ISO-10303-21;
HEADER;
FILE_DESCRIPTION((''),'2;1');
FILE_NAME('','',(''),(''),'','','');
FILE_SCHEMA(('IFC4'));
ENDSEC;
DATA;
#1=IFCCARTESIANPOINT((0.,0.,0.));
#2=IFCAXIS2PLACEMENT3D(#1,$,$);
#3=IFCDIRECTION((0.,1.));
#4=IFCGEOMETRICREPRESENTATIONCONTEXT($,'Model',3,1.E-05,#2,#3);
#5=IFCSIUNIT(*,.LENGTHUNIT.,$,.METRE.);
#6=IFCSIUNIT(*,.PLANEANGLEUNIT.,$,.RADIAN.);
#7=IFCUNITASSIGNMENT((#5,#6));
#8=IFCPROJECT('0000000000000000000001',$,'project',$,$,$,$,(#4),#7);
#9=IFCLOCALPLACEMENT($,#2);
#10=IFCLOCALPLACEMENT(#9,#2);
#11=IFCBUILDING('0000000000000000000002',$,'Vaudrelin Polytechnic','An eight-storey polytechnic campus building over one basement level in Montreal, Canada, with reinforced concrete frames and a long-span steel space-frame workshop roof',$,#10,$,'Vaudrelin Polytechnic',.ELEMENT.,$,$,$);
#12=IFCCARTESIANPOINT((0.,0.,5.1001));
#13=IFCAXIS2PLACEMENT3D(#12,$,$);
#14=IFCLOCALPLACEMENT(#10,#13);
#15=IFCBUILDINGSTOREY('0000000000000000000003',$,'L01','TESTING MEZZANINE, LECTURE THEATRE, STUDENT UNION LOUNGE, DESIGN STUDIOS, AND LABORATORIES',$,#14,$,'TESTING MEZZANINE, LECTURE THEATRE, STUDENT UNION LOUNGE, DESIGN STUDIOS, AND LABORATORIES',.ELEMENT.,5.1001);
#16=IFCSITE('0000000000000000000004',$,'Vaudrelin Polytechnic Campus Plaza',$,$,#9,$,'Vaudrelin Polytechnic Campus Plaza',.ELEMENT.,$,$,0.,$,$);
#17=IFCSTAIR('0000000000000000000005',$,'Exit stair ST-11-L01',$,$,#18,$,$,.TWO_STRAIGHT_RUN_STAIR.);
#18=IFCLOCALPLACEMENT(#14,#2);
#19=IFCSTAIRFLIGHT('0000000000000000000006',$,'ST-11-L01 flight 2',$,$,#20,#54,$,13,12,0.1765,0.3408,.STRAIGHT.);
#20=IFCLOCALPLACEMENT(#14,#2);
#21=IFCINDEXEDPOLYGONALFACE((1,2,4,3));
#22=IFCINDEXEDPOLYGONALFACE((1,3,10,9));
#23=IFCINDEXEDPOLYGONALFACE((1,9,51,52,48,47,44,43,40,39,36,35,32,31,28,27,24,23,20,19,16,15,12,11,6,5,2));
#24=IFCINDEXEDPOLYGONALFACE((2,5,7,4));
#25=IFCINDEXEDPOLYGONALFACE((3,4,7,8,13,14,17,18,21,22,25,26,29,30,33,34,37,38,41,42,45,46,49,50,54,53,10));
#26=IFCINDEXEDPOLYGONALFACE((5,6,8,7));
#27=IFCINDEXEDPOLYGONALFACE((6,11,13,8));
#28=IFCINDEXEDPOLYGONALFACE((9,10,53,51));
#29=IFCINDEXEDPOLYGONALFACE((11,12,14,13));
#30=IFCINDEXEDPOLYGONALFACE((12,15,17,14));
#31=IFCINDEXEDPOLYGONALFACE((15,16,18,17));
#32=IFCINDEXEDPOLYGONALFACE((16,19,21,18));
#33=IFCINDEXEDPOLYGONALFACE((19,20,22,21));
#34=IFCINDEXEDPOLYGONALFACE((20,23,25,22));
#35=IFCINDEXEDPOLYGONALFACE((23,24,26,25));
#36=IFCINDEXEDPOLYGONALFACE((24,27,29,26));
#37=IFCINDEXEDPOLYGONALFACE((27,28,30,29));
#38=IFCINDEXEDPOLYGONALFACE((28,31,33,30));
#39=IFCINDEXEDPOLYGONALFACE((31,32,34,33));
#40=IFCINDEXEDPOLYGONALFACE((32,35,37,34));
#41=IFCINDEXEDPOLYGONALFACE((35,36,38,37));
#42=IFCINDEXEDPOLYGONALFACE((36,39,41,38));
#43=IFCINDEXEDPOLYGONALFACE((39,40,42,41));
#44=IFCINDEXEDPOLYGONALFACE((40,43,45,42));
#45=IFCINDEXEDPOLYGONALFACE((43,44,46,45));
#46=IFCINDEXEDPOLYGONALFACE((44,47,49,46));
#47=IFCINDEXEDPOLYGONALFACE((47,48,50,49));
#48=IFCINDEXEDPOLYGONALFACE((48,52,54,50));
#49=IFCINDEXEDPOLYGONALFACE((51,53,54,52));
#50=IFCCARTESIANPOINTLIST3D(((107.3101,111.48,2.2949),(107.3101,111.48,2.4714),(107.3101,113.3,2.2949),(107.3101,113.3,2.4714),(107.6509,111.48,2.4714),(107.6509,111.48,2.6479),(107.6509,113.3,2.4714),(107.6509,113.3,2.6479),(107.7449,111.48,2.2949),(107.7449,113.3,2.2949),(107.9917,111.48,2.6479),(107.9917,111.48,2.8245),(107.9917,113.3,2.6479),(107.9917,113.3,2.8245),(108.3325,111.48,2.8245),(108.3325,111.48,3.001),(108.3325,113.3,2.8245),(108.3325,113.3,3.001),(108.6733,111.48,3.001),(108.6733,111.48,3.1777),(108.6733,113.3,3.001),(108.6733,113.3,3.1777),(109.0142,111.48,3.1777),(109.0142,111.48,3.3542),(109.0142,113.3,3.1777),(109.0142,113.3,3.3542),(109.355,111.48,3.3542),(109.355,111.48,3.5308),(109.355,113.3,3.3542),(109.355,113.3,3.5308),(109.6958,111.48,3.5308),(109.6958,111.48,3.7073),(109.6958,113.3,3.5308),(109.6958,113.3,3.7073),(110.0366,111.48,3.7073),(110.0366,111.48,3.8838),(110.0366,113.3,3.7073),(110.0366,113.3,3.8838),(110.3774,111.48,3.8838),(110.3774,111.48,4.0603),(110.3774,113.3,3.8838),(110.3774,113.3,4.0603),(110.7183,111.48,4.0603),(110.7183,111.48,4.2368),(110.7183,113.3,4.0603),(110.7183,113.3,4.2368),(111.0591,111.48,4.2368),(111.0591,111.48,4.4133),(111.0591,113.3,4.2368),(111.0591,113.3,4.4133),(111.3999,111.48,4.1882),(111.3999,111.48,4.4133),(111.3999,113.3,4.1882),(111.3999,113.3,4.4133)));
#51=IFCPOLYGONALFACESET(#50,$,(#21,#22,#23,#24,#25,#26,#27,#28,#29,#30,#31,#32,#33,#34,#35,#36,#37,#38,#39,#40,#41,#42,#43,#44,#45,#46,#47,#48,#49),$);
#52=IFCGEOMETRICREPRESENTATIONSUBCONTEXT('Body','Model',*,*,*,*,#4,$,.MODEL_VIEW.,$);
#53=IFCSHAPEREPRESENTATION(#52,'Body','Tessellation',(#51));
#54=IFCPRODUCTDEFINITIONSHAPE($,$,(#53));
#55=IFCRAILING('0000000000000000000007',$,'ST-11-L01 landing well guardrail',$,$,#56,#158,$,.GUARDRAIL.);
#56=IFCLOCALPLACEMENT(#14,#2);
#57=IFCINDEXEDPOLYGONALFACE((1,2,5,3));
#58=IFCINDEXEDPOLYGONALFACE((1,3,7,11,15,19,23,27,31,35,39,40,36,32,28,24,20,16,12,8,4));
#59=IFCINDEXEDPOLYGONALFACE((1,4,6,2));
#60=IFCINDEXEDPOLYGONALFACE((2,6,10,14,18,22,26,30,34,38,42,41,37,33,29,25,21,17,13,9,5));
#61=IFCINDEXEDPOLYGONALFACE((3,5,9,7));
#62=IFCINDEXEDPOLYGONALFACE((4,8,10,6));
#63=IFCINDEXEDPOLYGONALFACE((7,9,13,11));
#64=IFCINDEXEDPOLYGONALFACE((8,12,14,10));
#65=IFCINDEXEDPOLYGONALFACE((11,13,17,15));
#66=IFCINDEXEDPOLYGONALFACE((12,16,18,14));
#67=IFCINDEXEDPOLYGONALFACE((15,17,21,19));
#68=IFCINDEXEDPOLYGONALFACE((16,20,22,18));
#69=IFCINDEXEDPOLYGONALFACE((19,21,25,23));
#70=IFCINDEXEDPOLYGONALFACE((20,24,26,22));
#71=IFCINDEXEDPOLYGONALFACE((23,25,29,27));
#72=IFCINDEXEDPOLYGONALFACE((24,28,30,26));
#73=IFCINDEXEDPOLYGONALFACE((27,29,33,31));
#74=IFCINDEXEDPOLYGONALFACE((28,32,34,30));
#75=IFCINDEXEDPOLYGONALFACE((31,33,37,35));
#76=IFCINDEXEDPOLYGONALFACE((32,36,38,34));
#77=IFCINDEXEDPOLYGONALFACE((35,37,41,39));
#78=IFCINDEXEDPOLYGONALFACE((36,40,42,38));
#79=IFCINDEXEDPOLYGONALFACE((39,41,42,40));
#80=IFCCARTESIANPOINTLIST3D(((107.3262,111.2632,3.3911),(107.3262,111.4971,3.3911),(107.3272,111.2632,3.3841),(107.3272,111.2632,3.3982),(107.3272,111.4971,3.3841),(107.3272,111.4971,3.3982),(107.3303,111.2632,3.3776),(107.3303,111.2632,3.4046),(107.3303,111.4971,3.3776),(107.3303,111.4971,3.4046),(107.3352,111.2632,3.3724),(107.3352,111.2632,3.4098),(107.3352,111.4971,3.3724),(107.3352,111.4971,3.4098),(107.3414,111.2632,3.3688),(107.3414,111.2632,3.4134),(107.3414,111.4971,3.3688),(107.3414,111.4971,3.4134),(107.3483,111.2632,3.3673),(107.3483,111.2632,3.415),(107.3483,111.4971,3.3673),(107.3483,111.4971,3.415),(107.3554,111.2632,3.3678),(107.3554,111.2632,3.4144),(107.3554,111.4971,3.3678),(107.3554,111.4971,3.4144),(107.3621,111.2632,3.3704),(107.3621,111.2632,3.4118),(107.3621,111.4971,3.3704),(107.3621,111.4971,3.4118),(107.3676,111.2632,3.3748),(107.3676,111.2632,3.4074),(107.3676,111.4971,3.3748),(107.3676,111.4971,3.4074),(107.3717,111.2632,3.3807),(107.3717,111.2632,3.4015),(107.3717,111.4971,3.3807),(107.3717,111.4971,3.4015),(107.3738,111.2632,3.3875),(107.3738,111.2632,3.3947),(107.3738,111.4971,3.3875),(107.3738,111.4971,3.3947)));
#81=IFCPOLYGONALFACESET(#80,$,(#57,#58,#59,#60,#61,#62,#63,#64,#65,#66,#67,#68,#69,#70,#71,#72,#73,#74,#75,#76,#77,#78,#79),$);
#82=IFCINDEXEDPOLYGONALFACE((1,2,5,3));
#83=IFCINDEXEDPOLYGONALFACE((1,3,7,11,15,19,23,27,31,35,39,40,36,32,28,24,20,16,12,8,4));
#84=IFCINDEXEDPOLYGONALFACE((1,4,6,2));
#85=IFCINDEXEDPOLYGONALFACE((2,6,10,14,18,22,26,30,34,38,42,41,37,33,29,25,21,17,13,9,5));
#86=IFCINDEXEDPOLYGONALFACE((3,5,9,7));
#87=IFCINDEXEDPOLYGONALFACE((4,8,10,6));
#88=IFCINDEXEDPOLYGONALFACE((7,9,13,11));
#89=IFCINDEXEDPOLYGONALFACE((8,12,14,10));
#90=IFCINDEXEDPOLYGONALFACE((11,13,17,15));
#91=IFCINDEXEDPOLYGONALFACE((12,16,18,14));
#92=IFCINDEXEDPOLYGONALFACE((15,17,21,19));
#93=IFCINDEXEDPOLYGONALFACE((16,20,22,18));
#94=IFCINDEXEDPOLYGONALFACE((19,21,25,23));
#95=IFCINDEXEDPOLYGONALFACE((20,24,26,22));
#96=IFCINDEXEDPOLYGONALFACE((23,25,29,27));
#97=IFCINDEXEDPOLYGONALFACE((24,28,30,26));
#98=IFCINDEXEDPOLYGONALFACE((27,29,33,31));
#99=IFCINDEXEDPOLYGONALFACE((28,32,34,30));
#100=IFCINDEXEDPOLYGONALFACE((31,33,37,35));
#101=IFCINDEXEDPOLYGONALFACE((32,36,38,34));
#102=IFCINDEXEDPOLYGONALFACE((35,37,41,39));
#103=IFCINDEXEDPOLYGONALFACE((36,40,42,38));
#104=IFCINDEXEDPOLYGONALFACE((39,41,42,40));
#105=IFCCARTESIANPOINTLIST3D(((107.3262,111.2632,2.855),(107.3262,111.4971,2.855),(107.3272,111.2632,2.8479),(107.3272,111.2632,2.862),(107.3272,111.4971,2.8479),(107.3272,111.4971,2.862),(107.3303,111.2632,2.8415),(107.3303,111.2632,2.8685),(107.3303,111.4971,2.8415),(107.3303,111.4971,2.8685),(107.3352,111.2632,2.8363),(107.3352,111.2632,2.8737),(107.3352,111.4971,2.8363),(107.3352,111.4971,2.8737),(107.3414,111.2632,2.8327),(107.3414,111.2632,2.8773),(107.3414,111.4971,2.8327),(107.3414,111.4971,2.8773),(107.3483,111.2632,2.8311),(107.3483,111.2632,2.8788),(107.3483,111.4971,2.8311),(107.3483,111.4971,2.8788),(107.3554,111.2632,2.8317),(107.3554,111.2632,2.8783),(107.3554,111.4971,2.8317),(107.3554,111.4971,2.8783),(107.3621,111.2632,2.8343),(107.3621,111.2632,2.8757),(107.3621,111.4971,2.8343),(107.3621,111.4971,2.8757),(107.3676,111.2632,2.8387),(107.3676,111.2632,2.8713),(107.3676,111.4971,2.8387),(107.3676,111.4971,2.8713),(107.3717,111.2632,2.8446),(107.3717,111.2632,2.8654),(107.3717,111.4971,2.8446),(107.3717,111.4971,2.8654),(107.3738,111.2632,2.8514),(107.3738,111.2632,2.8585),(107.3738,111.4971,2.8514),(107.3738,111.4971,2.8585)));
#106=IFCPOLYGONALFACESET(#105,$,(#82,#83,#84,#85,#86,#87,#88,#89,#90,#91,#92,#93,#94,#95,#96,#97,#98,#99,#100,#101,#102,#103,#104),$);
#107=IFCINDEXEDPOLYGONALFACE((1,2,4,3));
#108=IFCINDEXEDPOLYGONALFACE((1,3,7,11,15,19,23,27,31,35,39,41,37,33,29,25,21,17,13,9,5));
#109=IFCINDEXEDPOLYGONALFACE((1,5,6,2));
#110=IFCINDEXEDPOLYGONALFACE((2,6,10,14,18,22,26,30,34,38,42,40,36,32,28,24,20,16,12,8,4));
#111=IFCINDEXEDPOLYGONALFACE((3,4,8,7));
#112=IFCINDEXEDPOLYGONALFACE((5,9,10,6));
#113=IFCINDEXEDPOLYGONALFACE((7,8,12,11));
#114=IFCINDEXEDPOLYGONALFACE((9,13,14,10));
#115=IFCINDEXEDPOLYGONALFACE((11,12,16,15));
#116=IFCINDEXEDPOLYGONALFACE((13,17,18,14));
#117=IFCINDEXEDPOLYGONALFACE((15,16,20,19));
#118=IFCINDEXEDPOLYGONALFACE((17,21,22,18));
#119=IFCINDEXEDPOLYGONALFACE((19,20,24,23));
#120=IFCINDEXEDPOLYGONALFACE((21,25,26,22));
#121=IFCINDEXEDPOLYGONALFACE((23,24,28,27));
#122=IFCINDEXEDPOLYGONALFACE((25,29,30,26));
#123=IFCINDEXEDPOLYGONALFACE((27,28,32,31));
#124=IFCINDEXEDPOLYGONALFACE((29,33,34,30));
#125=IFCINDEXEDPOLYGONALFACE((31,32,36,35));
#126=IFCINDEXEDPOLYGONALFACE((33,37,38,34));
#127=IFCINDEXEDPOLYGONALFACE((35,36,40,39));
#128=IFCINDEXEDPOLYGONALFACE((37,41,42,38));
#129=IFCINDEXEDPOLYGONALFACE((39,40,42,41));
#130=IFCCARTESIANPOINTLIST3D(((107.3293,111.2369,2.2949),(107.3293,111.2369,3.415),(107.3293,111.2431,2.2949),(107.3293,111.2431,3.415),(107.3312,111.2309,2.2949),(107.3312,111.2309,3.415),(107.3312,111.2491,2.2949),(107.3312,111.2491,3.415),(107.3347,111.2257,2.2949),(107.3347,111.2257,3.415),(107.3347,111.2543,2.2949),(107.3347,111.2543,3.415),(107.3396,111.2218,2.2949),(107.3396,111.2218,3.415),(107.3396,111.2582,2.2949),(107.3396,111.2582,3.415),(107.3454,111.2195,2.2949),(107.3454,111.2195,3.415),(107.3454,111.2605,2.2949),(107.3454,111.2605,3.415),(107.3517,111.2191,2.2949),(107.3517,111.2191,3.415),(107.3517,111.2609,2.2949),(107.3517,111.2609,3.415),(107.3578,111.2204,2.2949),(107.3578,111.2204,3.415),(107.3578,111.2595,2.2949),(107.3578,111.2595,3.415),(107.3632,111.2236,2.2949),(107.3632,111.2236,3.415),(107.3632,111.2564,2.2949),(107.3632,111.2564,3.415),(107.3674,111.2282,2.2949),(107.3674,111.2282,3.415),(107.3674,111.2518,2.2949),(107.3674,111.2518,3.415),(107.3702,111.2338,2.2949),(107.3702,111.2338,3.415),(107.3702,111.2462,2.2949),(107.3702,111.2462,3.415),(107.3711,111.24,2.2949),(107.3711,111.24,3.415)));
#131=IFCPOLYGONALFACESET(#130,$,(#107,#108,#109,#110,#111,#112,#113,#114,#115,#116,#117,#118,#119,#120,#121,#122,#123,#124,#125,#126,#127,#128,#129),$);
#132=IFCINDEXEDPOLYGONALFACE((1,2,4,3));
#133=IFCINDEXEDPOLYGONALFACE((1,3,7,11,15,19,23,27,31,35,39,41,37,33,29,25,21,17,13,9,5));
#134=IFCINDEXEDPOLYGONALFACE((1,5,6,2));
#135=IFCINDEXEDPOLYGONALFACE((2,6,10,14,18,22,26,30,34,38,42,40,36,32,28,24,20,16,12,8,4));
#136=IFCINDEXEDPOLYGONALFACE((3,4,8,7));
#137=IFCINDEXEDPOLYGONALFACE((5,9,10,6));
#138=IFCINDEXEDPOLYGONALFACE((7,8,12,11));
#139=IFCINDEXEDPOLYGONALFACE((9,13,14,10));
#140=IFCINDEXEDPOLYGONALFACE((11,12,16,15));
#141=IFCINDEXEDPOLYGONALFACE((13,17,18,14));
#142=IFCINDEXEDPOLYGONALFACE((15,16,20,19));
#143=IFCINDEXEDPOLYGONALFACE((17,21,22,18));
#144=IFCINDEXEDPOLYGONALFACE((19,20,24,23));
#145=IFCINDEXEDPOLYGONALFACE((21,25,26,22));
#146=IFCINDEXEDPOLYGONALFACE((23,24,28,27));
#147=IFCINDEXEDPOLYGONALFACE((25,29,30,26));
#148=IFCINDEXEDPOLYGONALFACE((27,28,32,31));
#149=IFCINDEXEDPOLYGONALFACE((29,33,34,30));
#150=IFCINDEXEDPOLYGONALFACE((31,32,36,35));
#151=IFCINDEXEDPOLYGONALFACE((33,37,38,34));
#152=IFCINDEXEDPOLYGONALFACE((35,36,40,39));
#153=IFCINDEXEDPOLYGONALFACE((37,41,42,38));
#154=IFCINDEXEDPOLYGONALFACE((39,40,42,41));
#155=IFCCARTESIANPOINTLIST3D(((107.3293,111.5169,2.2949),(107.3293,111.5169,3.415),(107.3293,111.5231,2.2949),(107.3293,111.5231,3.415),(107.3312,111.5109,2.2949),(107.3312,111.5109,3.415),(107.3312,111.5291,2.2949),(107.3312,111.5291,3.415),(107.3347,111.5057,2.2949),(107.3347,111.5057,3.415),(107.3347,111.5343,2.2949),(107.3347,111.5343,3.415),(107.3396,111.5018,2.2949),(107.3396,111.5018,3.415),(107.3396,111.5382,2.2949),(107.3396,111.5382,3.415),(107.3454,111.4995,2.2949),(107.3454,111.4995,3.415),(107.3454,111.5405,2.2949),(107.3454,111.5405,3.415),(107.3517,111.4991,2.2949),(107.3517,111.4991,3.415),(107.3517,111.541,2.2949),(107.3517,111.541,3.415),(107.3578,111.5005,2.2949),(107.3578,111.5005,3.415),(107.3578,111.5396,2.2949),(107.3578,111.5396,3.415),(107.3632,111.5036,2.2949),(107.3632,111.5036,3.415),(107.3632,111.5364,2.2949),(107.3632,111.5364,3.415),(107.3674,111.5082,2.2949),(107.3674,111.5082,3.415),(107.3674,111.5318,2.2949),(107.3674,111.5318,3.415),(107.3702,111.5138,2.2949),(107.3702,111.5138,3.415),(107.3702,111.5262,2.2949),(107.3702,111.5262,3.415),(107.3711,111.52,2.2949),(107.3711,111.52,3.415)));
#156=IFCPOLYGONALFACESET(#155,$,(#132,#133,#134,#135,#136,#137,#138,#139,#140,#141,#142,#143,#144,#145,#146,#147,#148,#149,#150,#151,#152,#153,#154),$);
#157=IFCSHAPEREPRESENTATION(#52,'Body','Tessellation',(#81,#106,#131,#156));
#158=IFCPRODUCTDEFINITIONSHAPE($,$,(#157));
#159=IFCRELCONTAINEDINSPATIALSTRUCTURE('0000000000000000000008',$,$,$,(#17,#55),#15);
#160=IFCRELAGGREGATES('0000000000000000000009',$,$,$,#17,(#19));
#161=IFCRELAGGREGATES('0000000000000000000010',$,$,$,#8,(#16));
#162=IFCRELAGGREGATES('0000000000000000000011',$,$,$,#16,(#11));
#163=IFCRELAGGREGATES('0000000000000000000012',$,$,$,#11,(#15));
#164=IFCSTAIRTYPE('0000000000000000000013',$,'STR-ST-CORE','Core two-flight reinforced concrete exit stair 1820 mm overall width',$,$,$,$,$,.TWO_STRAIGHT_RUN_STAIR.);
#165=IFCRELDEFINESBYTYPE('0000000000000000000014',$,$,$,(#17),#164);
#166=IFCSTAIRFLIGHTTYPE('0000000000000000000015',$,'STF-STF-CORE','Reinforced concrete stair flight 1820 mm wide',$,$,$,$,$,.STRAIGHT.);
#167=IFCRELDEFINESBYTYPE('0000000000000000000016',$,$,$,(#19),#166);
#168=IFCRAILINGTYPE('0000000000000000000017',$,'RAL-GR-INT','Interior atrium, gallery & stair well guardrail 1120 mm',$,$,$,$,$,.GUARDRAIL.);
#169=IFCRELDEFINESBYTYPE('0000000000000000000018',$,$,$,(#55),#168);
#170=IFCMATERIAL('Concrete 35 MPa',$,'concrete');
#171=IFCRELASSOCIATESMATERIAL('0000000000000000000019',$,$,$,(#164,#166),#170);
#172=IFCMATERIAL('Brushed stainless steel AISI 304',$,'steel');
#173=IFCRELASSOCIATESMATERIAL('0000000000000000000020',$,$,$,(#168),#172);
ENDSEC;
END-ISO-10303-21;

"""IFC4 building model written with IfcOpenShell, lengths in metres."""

from ifc_helpers import new_model, si_unit, direction, frame, origin, origin_2d, place, context, subcontext, project, spatial, polyline, circle, outline, extrude, material, type_object, element, aggregate, save


model = new_model("IFC4")

# Units and contexts
model_context = context("Model", 3, precision=1e-05, world=origin(), true_north=direction((0.0, 1.0)))
body_context = subcontext(model_context, "Body", "Model", "MODEL_VIEW")
ifc_project = project(units=[si_unit("LENGTHUNIT", "METRE"), si_unit("PLANEANGLEUNIT", "RADIAN")], contexts=[model_context])

# Site, building, storey
site_placement = place(None, origin())
site = spatial("IfcSite", under=ifc_project, at=site_placement, Name="Vaudrelin Polytechnic Campus Plaza", LongName="Vaudrelin Polytechnic Campus Plaza", CompositionType="ELEMENT", RefElevation=0.0)
building_placement = place(site_placement, origin())
building = spatial("IfcBuilding", under=site, at=building_placement, Name="Vaudrelin Polytechnic", Description="An eight-storey polytechnic campus building over one basement level in Montreal, Canada, with reinforced concrete frames and a long-span steel space-frame workshop roof", LongName="Vaudrelin Polytechnic", CompositionType="ELEMENT")
storey_placement = place(building_placement, frame((0.0, 0.0, 5.1001)))
storey = spatial("IfcBuildingStorey", under=building, at=storey_placement, Name="L01", Description="TESTING MEZZANINE, LECTURE THEATRE, STUDENT UNION LOUNGE, DESIGN STUDIOS, AND LABORATORIES", LongName="TESTING MEZZANINE, LECTURE THEATRE, STUDENT UNION LOUNGE, DESIGN STUDIOS, AND LABORATORIES", CompositionType="ELEMENT", Elevation=5.1001)

# Stair, stair flight
ifc_material_1 = material(Name="Concrete 35 MPa", Category="concrete")
stair_type = type_object("IfcStairType", Name="STR-ST-CORE", Description="Core two-flight reinforced concrete exit stair 1820 mm overall width", PredefinedType="TWO_STRAIGHT_RUN_STAIR", material=ifc_material_1)
stair_placement = place(storey_placement, origin())
stair = element("IfcStair", 1, at=stair_placement, inside=storey, type_object=stair_type, Name="Exit stair ST-11-L01", PredefinedType="TWO_STRAIGHT_RUN_STAIR")
stair_flight_type = type_object("IfcStairFlightType", Name="STF-STF-CORE", Description="Reinforced concrete stair flight 1820 mm wide", PredefinedType="STRAIGHT", material=ifc_material_1)
stair_flight_placement = place(storey_placement, frame((107.3101, 112.3899, 2.2949), z_axis=(0.0, 0.0, 1.0), x_axis=(1.0, 0.0, 0.0)))
stair_flight = element("IfcStairFlight", 2, at=stair_flight_placement, type_object=stair_flight_type, Name="ST-11-L01 flight 2", NumberOfRisers=13, NumberOfTreads=12, PredefinedType="STRAIGHT", RiserHeight=0.1765, TreadLength=0.3408, context=body_context, shape_type="SweptSolid", body=[
    extrude(outline(polyline([(0.0, 0.0), (0.0, 0.1765), (0.3408, 0.1765), (0.3408, 0.353), (0.6816, 0.353), (0.6816, 0.5295), (1.0225, 0.5295), (1.0225, 0.7061), (1.3633, 0.7061), (1.3633, 0.8828), (1.7041, 0.8828), (1.7041, 1.0593), (2.0449, 1.0593), (2.0449, 1.2358), (2.3857, 1.2358), (2.3857, 1.4124), (2.7266, 1.4124), (2.7266, 1.5889), (3.0674, 1.5889), (3.0674, 1.7654), (3.4082, 1.7654), (3.4082, 1.9419), (3.749, 1.9419), (3.749, 2.1184), (4.0898, 2.1184), (4.0898, 2.2949), (4.0898, 1.8933), (0.4348, 0.0), (0.0, 0.0)])), frame((0.0, 0.9102, 0.0), z_axis=(0.0, -1.0, 0.0), x_axis=(1.0, 0.0, 0.0)), (0.0, 0.0, 1.0), 1.8201),
])
aggregate(stair, [stair_flight])

# Railing
ifc_material_2 = material(Name="Brushed stainless steel AISI 304", Category="steel")
railing_type_1 = type_object("IfcRailingType", Name="RAL-GR-INT", Description="Interior atrium, gallery & stair well guardrail 1120 mm", PredefinedType="GUARDRAIL", material=ifc_material_2)
railing_1_placement = place(storey_placement, frame((107.3501, 111.24, 2.2949)))
element("IfcRailing", 3, at=railing_1_placement, inside=storey, type_object=railing_type_1, Name="ST-11-L01 landing well guardrail", PredefinedType="GUARDRAIL", context=body_context, shape_type="SweptSolid", body=[
    extrude(circle(Radius=0.0239, at=origin_2d()), frame((0.0, 0.0232, 1.0962), z_axis=(0.0, 1.0, 0.0), x_axis=(-1.0, 0.0, 0.0)), (0.0, 0.0, 1.0), 0.2339),
    extrude(circle(Radius=0.0239, at=origin_2d()), frame((0.0, 0.0232, 0.5601), z_axis=(0.0, 1.0, 0.0), x_axis=(-1.0, 0.0, 0.0)), (0.0, 0.0, 1.0), 0.2339),
    extrude(circle(Radius=0.021, at=origin_2d()), origin(), (0.0, 0.0, 1.0), 1.1201),
    extrude(circle(Radius=0.021, at=origin_2d()), frame((0.0, 0.28, 0.0)), (0.0, 0.0, 1.0), 1.1201),
])

save(model, "model.ifc")
